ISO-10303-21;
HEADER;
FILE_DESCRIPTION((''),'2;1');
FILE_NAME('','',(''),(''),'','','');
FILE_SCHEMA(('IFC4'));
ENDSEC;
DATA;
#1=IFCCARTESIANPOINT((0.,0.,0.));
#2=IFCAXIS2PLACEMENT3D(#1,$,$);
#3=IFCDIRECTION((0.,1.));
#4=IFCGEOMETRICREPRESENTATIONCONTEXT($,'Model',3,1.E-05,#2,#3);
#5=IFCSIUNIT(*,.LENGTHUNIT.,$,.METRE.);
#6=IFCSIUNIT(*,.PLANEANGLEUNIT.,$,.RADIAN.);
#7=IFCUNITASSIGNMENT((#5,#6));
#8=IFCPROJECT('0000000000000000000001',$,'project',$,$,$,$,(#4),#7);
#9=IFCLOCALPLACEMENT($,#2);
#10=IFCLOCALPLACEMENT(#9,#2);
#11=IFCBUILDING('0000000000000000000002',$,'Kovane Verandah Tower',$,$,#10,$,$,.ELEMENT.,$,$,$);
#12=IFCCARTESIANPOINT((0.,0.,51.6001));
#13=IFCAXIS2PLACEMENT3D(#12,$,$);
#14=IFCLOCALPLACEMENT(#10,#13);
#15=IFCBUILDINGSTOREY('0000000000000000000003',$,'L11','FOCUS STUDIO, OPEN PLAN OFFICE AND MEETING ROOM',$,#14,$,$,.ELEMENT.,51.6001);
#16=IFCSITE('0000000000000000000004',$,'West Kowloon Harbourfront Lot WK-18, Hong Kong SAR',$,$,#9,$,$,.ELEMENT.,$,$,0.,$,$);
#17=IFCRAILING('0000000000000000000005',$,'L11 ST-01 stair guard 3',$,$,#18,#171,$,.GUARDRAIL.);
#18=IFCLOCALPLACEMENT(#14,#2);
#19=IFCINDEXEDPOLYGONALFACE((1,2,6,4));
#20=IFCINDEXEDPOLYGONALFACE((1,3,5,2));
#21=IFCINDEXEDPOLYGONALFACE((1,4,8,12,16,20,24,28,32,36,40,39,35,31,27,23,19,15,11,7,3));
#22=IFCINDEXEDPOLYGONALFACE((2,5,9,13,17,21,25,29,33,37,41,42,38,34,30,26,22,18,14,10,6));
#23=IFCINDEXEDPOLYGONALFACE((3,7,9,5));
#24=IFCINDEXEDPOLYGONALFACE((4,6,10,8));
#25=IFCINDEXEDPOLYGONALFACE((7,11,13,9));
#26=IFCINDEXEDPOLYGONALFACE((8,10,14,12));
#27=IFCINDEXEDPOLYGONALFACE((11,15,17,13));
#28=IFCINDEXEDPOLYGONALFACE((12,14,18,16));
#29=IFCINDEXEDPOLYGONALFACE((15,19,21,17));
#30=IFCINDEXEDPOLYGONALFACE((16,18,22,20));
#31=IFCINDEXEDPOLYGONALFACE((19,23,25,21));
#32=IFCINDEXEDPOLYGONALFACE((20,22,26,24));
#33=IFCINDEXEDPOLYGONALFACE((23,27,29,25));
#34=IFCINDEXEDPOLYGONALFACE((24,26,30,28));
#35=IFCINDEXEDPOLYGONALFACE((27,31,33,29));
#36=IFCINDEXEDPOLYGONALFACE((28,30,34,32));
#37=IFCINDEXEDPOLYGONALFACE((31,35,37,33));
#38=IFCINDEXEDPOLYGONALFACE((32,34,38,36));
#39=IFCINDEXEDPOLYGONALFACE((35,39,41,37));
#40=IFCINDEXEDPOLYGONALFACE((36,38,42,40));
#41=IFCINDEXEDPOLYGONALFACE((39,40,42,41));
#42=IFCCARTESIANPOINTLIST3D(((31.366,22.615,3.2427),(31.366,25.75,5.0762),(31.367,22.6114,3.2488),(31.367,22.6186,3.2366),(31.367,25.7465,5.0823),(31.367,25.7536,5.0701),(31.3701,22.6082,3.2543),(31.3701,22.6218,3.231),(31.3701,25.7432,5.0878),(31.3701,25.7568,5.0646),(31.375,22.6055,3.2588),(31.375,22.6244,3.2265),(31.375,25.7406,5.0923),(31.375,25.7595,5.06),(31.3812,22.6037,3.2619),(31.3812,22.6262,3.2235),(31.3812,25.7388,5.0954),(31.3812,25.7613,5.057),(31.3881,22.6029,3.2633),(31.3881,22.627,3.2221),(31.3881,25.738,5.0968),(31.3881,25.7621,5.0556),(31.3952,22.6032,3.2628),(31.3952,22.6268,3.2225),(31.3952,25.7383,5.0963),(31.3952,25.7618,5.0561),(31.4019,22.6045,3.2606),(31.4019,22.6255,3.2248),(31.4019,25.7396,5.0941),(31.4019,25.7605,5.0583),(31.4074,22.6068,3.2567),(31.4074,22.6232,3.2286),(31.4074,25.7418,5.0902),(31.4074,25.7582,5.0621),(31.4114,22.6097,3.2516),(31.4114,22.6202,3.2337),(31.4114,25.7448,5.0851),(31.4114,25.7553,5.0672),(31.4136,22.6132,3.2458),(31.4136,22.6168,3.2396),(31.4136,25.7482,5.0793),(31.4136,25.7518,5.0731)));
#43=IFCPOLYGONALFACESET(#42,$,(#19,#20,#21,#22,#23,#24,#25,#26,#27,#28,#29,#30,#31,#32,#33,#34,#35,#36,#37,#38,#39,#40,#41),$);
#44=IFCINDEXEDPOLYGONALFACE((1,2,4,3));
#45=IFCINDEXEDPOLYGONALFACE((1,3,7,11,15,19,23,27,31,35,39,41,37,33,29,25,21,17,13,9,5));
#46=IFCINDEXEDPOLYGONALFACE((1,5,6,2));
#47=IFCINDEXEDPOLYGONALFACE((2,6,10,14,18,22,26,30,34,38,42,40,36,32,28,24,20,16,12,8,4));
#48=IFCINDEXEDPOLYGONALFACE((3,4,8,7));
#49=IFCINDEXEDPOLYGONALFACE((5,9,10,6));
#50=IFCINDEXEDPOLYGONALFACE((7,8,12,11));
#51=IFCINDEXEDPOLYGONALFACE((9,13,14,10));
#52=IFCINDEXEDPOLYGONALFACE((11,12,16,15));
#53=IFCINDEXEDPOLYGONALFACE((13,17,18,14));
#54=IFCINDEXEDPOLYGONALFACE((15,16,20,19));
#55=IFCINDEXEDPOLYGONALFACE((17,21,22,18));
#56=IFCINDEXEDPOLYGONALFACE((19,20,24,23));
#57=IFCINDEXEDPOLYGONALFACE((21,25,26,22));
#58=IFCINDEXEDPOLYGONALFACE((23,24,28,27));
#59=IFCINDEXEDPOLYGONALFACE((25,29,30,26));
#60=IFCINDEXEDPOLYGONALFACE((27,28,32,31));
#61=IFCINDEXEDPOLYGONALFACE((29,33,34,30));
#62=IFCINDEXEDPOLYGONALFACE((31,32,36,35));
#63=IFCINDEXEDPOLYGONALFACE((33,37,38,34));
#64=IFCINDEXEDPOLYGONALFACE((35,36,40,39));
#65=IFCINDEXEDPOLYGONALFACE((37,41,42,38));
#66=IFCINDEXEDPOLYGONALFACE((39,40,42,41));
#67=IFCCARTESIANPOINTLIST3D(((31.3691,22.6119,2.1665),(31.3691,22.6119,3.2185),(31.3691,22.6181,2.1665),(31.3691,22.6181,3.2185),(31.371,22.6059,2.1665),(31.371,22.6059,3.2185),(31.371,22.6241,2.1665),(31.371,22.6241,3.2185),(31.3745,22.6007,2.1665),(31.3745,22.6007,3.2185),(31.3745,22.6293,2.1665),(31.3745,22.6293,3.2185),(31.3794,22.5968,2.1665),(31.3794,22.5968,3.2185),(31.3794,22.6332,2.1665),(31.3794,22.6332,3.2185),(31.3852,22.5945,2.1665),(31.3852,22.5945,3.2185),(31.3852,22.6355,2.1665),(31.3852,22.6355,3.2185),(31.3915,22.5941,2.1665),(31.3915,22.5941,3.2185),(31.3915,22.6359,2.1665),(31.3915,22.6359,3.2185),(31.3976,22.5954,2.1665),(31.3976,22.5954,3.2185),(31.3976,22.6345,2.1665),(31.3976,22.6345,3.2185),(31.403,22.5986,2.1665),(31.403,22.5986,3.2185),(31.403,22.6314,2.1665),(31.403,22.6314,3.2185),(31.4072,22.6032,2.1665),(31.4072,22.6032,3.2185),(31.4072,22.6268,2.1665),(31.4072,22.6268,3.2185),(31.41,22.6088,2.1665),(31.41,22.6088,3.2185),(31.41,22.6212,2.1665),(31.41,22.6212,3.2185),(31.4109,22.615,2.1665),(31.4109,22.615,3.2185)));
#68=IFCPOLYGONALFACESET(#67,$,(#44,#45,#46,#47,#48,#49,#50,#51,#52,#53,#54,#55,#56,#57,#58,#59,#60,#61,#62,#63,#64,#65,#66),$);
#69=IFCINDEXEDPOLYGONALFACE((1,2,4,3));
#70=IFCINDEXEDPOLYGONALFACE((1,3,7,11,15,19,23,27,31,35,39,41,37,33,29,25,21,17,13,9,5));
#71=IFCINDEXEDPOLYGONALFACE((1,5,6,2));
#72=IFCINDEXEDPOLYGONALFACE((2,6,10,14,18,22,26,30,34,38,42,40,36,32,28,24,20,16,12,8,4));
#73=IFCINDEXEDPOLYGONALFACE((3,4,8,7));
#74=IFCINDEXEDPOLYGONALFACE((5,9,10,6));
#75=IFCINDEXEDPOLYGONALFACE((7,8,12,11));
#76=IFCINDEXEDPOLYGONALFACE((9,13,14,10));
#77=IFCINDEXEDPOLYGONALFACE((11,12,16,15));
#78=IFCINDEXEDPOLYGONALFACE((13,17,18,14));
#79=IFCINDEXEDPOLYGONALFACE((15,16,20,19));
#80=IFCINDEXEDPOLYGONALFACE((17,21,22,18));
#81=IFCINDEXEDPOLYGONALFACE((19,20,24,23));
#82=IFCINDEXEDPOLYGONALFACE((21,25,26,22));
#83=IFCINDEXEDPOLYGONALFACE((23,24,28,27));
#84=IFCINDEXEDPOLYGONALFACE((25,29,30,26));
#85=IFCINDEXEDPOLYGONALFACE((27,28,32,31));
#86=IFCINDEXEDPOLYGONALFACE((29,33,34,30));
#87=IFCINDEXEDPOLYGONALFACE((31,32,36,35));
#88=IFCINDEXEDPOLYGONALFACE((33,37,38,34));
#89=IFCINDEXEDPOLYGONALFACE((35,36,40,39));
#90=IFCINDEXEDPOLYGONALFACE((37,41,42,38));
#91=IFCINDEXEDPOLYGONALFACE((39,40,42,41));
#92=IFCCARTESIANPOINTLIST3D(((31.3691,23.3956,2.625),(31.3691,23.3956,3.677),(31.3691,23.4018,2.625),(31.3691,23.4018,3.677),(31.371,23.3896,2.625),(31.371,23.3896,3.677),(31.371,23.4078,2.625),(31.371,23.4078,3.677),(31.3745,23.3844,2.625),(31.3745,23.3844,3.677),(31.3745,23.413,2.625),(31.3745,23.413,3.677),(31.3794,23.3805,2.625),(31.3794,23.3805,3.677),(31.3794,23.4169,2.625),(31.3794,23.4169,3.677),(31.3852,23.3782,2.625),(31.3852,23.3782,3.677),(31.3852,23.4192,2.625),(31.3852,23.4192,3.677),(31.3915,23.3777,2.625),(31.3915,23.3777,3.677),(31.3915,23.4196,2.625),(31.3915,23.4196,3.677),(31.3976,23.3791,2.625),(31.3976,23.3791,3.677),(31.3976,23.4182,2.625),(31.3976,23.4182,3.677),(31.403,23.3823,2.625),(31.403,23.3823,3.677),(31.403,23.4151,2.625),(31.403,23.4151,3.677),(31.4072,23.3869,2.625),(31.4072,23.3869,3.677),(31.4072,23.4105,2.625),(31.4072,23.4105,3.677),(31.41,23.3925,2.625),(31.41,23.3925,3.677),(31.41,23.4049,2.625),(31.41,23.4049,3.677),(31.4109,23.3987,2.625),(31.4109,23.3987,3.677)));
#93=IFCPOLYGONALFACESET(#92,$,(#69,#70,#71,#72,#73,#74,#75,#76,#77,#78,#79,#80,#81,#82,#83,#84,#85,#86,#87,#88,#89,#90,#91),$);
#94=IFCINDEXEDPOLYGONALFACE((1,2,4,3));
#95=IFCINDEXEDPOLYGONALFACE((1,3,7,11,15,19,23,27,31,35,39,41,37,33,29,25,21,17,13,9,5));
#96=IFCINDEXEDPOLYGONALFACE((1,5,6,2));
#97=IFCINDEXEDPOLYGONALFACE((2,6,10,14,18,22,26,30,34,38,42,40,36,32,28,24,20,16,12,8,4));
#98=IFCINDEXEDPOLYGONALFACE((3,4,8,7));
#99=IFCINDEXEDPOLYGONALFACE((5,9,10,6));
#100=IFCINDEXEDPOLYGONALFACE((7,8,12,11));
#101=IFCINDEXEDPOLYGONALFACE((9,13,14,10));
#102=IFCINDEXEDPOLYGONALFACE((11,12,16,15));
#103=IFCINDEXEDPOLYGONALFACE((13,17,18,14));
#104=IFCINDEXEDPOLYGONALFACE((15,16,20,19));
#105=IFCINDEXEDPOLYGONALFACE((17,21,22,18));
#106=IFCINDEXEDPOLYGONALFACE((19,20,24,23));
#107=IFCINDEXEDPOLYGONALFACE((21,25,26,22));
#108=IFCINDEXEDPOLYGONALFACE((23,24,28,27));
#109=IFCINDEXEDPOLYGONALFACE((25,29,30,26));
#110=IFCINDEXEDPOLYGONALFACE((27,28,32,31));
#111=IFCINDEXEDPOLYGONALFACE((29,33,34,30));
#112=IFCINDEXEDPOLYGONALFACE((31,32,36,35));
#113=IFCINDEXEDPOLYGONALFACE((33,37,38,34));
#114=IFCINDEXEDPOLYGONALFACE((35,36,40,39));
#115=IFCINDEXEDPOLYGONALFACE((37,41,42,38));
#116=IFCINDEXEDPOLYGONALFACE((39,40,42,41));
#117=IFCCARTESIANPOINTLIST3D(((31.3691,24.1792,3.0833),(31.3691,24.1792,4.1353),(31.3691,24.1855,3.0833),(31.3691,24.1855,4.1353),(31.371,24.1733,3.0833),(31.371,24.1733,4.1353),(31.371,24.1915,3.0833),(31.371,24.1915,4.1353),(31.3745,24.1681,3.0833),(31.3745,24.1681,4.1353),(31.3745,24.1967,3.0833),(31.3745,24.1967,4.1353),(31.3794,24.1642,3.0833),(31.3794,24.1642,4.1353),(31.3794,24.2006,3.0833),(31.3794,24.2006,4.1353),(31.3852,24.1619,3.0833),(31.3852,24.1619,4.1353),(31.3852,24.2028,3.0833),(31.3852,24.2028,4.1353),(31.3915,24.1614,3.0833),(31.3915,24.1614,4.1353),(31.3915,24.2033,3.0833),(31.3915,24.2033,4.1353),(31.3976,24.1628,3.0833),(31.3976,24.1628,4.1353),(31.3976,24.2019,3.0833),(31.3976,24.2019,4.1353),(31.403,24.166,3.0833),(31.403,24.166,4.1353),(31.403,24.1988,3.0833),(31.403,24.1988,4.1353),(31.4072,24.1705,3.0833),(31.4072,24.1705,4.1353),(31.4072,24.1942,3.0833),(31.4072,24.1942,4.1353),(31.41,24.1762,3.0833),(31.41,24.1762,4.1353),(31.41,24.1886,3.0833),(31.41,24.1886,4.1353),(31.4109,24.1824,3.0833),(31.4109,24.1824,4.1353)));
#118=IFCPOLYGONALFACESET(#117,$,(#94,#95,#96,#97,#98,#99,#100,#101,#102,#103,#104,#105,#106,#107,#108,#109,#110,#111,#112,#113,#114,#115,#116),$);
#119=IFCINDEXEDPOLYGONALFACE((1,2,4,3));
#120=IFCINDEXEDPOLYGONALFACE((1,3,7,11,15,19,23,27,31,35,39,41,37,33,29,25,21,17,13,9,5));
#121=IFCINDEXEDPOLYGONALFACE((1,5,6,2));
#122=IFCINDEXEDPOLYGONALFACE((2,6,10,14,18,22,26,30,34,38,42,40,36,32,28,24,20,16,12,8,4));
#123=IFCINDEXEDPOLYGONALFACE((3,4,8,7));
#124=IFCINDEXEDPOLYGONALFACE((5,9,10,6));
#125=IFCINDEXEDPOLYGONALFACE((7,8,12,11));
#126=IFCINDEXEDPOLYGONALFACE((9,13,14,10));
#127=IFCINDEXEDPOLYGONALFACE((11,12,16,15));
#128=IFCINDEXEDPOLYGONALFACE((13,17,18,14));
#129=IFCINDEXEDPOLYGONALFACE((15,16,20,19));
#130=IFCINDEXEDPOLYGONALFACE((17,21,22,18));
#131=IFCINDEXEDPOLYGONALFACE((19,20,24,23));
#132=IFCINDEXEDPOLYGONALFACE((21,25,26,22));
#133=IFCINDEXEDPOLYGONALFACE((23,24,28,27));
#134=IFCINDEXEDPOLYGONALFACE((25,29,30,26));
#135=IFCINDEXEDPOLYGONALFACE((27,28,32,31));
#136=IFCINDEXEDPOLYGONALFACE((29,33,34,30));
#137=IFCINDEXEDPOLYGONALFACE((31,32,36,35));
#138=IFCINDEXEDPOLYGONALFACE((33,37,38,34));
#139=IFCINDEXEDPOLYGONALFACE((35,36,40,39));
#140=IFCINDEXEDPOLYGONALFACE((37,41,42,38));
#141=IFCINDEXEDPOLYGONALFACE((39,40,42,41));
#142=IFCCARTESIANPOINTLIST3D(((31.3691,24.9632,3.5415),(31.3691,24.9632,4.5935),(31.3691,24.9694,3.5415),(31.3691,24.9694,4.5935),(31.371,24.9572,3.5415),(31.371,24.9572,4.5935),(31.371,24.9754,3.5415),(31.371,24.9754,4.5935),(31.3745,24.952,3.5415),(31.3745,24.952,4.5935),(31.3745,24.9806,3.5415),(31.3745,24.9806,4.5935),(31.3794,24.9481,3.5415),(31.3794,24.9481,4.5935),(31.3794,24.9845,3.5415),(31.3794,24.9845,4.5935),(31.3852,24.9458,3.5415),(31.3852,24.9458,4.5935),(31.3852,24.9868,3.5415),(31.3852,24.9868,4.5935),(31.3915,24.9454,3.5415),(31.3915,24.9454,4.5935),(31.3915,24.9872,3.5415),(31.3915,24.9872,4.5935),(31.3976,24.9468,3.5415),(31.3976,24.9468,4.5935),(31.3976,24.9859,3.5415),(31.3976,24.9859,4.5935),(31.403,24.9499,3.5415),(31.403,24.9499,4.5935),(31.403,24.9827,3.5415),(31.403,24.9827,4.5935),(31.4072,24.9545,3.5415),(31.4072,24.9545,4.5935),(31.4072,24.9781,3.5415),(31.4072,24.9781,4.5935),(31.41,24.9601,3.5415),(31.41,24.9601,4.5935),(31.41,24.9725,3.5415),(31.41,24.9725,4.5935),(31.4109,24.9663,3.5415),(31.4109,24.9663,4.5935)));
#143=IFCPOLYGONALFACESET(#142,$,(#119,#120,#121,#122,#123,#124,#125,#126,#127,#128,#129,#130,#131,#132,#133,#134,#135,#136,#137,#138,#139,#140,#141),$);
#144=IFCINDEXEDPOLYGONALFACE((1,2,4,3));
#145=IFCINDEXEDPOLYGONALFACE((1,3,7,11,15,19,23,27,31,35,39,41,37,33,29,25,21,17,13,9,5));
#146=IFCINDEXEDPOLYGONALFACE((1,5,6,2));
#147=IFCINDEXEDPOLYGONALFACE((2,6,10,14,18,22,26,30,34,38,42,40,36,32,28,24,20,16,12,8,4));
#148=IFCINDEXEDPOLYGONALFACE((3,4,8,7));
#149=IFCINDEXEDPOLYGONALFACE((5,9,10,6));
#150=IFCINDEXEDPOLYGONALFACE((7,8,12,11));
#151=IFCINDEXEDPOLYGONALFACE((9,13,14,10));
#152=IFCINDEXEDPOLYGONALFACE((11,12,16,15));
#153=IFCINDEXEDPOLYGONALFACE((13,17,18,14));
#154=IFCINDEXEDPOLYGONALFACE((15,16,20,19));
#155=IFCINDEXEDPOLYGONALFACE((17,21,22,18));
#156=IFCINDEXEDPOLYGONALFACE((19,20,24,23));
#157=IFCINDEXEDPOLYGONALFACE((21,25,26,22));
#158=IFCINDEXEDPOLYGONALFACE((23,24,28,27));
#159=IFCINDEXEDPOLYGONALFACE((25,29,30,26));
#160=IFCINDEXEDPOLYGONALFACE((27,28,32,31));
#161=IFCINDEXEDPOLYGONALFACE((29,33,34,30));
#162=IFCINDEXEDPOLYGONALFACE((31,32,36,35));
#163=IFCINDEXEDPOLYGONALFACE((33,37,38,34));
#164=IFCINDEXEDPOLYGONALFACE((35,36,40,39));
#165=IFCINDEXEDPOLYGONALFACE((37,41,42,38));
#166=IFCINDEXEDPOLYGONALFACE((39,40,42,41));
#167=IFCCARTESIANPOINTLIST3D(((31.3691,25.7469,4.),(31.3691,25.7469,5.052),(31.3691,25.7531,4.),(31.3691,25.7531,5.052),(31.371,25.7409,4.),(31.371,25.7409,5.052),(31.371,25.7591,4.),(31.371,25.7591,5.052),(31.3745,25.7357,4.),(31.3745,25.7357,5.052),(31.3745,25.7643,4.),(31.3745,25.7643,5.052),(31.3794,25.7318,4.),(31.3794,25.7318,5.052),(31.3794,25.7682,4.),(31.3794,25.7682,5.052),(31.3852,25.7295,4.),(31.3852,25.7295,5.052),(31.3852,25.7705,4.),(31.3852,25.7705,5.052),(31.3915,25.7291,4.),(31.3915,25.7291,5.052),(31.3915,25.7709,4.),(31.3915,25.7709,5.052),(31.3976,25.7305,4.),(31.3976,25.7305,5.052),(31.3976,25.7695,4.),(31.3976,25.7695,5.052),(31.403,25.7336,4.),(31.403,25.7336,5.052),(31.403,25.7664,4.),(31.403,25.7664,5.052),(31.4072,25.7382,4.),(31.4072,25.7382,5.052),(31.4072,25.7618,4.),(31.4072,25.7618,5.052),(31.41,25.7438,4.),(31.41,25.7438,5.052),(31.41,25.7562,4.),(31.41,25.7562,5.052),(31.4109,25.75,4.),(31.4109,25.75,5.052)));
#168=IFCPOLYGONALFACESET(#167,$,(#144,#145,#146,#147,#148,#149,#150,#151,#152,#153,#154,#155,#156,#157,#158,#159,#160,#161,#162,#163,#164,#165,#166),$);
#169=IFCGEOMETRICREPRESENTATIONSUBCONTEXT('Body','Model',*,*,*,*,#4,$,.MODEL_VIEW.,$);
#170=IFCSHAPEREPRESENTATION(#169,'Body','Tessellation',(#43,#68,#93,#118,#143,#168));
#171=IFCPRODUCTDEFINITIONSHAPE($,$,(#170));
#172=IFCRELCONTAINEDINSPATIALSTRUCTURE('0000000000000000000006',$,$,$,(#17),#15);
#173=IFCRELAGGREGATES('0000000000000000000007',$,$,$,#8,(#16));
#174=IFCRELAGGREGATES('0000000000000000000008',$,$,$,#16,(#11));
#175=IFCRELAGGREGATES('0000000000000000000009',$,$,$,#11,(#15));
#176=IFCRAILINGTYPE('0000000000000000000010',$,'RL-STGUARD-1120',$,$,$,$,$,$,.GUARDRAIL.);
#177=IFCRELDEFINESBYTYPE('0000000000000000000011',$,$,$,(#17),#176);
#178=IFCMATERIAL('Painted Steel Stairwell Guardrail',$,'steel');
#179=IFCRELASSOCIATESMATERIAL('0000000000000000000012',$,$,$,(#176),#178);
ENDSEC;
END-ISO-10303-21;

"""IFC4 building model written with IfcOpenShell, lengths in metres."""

from ifc_helpers import new_model, si_unit, direction, frame, origin, origin_2d, place, context, subcontext, project, spatial, circle, extrude, material, type_object, element, save


model = new_model("IFC4")

# Units and contexts
model_context = context("Model", 3, precision=1e-05, world=origin(), true_north=direction((0.0, 1.0)))
body_context = subcontext(model_context, "Body", "Model", "MODEL_VIEW")
ifc_project = project(units=[si_unit("LENGTHUNIT", "METRE"), si_unit("PLANEANGLEUNIT", "RADIAN")], contexts=[model_context])

# Site, building, storey
site_placement = place(None, origin())
site = spatial("IfcSite", under=ifc_project, at=site_placement, Name="West Kowloon Harbourfront Lot WK-18, Hong Kong SAR", CompositionType="ELEMENT", RefElevation=0.0)
building_placement = place(site_placement, origin())
building = spatial("IfcBuilding", under=site, at=building_placement, Name="Kovane Verandah Tower", CompositionType="ELEMENT")
storey_placement = place(building_placement, frame((0.0, 0.0, 51.6001)))
storey = spatial("IfcBuildingStorey", under=building, at=storey_placement, Name="L11", Description="FOCUS STUDIO, OPEN PLAN OFFICE AND MEETING ROOM", CompositionType="ELEMENT", Elevation=51.6001)

# Railing
ifc_material_1 = material(Name="Painted Steel Stairwell Guardrail", Category="steel")
railing_type_1 = type_object("IfcRailingType", Name="RL-STGUARD-1120", PredefinedType="GUARDRAIL", material=ifc_material_1)
railing_1_placement = place(storey_placement, frame((31.3899, 22.615, 2.1665)))
element("IfcRailing", 1, at=railing_1_placement, inside=storey, type_object=railing_type_1, Name="L11 ST-01 stair guard 3", PredefinedType="GUARDRAIL", context=body_context, shape_type="SweptSolid", body=[
    extrude(circle(Radius=0.0239, at=origin_2d()), frame((0.0, 0.0, 1.0762), z_axis=(0.0, 0.86321, 0.504845), x_axis=(-1.0, 0.0, 0.0)), (0.0, 0.0, 1.0), 3.6318),
    extrude(circle(Radius=0.021, at=origin_2d()), origin(), (0.0, 0.0, 1.0), 1.052),
    extrude(circle(Radius=0.021, at=origin_2d()), frame((0.0, 0.7837, 0.4585)), (0.0, 0.0, 1.0), 1.052),
    extrude(circle(Radius=0.021, at=origin_2d()), frame((0.0, 1.5674, 0.9167)), (0.0, 0.0, 1.0), 1.052),
    extrude(circle(Radius=0.021, at=origin_2d()), frame((0.0, 2.3513, 1.375)), (0.0, 0.0, 1.0), 1.052),
    extrude(circle(Radius=0.021, at=origin_2d()), frame((0.0, 3.135, 1.8335)), (0.0, 0.0, 1.0), 1.052),
])

save(model, "model.ifc")
